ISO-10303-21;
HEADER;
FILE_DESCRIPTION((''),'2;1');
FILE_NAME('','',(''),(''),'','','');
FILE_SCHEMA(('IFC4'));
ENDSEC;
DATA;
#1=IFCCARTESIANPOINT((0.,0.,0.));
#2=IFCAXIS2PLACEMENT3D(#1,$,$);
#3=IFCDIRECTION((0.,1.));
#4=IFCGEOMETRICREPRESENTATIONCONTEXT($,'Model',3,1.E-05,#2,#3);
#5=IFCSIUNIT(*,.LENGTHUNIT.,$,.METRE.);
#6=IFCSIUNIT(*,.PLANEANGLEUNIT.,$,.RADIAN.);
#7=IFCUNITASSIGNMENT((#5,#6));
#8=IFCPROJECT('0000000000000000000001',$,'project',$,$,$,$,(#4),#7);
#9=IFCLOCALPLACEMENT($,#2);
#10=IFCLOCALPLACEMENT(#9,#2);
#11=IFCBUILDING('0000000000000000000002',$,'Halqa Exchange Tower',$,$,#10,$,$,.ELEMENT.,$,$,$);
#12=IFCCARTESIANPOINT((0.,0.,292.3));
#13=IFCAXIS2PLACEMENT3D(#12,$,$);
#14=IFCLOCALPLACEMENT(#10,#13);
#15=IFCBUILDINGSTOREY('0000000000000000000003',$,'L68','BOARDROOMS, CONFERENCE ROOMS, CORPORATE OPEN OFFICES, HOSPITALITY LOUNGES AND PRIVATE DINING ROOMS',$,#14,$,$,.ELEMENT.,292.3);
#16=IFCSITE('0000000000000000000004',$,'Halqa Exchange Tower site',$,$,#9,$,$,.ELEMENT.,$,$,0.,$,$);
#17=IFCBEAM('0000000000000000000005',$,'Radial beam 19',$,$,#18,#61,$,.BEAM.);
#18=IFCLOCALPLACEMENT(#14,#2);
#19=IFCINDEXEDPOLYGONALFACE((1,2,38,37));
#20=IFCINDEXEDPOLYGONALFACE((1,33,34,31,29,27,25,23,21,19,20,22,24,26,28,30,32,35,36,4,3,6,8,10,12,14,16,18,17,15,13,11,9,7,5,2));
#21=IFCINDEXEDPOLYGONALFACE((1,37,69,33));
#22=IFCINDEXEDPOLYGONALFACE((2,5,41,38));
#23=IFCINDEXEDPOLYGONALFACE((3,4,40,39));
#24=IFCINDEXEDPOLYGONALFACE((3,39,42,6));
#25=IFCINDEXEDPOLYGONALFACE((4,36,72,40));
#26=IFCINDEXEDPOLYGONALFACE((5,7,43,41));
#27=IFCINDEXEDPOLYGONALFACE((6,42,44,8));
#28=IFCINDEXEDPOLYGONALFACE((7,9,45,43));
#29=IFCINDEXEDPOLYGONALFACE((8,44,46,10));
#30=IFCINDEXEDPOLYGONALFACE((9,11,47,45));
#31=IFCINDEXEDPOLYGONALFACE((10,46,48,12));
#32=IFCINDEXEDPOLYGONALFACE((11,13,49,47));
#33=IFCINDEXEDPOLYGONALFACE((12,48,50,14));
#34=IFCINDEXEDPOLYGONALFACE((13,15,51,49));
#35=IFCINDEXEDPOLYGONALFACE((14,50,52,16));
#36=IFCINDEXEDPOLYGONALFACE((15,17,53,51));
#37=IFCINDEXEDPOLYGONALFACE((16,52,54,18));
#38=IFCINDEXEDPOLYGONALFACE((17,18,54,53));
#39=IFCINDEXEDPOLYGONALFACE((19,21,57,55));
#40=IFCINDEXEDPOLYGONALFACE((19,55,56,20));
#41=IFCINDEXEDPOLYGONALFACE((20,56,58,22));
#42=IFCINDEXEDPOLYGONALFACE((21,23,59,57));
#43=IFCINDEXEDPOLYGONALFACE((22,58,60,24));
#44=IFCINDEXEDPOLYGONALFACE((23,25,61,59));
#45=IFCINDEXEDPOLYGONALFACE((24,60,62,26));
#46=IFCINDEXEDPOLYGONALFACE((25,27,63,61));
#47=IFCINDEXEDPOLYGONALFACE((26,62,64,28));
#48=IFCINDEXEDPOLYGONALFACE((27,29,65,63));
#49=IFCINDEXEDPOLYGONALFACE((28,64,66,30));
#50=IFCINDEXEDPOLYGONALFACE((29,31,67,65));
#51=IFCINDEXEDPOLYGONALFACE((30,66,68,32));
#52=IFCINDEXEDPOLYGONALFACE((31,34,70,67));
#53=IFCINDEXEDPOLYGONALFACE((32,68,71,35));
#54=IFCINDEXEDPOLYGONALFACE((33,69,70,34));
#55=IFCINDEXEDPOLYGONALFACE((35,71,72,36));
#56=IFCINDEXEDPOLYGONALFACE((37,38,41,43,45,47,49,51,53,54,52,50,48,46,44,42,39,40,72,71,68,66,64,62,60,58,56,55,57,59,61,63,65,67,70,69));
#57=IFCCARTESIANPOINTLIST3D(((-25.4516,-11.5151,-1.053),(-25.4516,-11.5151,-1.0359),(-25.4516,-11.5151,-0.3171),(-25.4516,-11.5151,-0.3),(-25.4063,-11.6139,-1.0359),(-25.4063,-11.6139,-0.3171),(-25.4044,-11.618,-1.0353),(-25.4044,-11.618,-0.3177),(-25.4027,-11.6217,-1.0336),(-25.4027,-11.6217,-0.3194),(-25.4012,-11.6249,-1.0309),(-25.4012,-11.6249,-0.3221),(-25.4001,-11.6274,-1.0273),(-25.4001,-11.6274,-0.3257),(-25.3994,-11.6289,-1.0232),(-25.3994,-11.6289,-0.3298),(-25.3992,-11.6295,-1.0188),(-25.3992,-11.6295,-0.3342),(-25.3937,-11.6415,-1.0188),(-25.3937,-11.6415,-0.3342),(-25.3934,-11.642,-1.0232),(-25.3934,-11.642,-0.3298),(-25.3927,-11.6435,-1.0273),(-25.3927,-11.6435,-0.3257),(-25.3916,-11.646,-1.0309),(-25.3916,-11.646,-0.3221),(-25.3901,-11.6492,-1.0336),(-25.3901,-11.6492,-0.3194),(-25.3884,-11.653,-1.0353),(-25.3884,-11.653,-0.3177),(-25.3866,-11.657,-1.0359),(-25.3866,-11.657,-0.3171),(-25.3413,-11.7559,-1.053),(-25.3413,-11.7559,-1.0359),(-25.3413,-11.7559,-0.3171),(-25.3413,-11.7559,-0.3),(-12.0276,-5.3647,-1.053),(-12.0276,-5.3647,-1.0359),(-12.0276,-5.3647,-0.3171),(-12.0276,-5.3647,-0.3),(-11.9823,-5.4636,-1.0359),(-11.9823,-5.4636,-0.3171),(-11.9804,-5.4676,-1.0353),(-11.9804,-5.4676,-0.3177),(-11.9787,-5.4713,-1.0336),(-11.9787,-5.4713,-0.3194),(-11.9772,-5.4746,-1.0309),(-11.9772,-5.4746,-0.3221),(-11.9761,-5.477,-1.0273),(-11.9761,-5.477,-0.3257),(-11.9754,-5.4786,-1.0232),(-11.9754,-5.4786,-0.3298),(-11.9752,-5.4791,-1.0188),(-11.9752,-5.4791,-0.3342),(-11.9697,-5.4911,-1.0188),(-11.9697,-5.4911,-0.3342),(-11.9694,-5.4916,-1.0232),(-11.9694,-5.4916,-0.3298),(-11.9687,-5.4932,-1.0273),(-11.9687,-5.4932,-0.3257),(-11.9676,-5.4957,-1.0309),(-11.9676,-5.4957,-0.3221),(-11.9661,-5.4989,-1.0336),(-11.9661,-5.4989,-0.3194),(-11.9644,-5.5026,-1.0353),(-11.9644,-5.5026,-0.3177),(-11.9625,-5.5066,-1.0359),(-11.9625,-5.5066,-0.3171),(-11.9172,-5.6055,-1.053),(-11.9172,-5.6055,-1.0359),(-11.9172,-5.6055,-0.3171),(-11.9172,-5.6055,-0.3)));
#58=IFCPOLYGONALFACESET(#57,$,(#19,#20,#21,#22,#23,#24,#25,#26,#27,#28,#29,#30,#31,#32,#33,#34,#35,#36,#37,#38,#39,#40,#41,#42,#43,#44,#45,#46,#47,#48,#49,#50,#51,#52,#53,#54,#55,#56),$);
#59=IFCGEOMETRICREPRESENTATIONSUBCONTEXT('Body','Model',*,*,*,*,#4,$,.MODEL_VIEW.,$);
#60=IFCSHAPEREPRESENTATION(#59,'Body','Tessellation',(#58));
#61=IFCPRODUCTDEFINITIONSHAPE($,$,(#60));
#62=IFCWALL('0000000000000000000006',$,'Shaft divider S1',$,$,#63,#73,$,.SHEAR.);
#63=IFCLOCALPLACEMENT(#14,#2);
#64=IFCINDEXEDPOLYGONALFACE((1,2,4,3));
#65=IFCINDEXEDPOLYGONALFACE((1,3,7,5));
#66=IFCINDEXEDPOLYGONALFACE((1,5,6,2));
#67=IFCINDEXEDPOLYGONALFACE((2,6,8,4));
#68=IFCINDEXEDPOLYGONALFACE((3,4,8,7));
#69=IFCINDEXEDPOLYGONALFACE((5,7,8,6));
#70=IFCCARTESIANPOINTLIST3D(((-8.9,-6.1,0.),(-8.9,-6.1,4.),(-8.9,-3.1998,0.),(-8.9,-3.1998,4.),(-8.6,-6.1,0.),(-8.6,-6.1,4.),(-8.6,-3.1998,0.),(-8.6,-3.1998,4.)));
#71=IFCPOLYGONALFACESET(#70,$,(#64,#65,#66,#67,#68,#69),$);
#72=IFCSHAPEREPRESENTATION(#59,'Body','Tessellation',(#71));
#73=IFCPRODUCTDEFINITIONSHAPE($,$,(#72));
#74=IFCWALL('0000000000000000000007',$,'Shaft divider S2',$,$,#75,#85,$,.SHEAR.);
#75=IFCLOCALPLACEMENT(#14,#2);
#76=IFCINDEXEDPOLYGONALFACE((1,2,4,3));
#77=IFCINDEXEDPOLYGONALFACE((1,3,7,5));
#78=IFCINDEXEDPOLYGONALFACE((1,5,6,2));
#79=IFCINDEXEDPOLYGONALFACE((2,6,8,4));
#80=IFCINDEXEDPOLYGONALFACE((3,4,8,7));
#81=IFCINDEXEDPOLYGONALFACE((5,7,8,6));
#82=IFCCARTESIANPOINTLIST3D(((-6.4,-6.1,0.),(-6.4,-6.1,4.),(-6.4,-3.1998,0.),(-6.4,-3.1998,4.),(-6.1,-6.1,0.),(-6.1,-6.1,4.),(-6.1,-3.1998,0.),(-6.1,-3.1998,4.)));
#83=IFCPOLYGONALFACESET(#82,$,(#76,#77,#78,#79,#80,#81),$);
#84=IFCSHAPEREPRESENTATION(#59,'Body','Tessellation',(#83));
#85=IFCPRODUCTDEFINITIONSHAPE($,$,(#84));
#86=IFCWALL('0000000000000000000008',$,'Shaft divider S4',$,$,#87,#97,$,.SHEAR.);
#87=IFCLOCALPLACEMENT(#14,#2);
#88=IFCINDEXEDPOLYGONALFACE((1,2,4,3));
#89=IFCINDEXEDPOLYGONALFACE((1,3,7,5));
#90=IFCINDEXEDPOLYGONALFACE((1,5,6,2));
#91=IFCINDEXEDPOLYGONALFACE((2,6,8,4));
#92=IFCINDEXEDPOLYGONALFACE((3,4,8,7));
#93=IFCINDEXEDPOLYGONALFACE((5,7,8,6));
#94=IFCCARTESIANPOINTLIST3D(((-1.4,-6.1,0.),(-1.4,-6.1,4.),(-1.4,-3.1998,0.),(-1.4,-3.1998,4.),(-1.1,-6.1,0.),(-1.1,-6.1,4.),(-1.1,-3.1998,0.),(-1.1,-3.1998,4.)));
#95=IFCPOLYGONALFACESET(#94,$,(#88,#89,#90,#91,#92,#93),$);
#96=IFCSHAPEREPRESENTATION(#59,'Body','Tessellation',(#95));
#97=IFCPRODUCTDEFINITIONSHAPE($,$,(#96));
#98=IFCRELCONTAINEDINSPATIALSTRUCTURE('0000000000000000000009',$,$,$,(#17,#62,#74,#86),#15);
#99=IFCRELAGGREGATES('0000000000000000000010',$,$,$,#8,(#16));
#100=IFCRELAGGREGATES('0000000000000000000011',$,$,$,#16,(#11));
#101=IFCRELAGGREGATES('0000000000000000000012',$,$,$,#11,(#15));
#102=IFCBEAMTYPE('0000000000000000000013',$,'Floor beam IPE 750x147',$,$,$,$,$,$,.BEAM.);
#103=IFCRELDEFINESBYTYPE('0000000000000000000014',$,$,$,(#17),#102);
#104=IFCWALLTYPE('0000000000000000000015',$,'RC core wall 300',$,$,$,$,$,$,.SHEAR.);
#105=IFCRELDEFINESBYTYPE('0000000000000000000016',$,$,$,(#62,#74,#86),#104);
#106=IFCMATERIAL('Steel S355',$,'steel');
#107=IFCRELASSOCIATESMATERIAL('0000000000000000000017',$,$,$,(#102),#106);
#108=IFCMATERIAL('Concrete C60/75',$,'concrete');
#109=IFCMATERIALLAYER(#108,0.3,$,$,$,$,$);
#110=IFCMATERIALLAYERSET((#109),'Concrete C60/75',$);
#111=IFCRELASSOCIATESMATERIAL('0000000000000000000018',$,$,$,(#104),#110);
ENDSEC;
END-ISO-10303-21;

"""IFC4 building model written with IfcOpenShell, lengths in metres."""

from ifc_helpers import new_model, si_unit, direction, frame, frame_2d, origin, origin_2d, place, context, subcontext, project, spatial, rectangle, i_section, extrude, material, layer, layer_set, material_profile, profile_set, type_object, element, save


model = new_model("IFC4")

# Units and contexts
model_context = context("Model", 3, precision=1e-05, world=origin(), true_north=direction((0.0, 1.0)))
body_context = subcontext(model_context, "Body", "Model", "MODEL_VIEW")
ifc_project = project(units=[si_unit("LENGTHUNIT", "METRE"), si_unit("PLANEANGLEUNIT", "RADIAN")], contexts=[model_context])

# Site, building, storey
site_placement = place(None, origin())
site = spatial("IfcSite", under=ifc_project, at=site_placement, Name="Halqa Exchange Tower site", CompositionType="ELEMENT", RefElevation=0.0)
building_placement = place(site_placement, origin())
building = spatial("IfcBuilding", under=site, at=building_placement, Name="Halqa Exchange Tower", CompositionType="ELEMENT")
storey_placement = place(building_placement, frame((0.0, 0.0, 292.3)))
storey = spatial("IfcBuildingStorey", under=building, at=storey_placement, Name="L68", Description="BOARDROOMS, CONFERENCE ROOMS, CORPORATE OPEN OFFICES, HOSPITALITY LOUNGES AND PRIVATE DINING ROOMS", CompositionType="ELEMENT", Elevation=292.3)

# Beam
ifc_material_1 = material(Name="Steel S355", Category="steel")
ifc_material_profile = material_profile(ifc_material_1, i_section(OverallWidth=0.2649, OverallDepth=0.7529, WebThickness=0.0132, FlangeThickness=0.0171, FilletRadius=0.0171, at=origin_2d()), Name="IPE 750x147")
ifc_profile_set = profile_set([ifc_material_profile], Name="Steel S355")
beam_type = type_object("IfcBeamType", Name="Floor beam IPE 750x147", PredefinedType="BEAM", material=ifc_profile_set)
beam_placement = place(storey_placement, frame((-11.9724, -5.4851, -0.6765), z_axis=(-0.909124, -0.416525, 0.0), x_axis=(0.416525, -0.909124, 0.0)))
element("IfcBeam", 1, at=beam_placement, inside=storey, type_object=beam_type, Name="Radial beam 19", PredefinedType="BEAM", context=body_context, shape_type="SweptSolid", body=[
    extrude(i_section(OverallWidth=0.2649, OverallDepth=0.7529, WebThickness=0.0132, FlangeThickness=0.0171, FilletRadius=0.0171, at=origin_2d()), origin(), (0.0, 0.0, 1.0), 14.7659),
])

# Walls
ifc_material_2 = material(Name="Concrete C60/75", Category="concrete")
ifc_layer_1 = layer(ifc_material_2, 0.3)
ifc_layer_set_1 = layer_set([ifc_layer_1], Name="Concrete C60/75")
wall_type_1 = type_object("IfcWallType", Name="RC core wall 300", PredefinedType="SHEAR", material=ifc_layer_set_1)
for number, where, z_axis, x_axis, name in (
    (2, (-8.75, -6.1001, 0.0), (0.0, 0.0, 1.0), (0.0, 1.0, 0.0), "Shaft divider S1"),
    (3, (-6.25, -6.1001, 0.0), (0.0, 0.0, 1.0), (0.0, 1.0, 0.0), "Shaft divider S2"),
    (4, (-1.25, -6.1001, 0.0), (0.0, 0.0, 1.0), (0.0, 1.0, 0.0), "Shaft divider S4"),
):
    element("IfcWall", number, at=place(storey_placement, frame(where, z_axis=z_axis, x_axis=x_axis)), inside=storey, type_object=wall_type_1, Name=name, PredefinedType="SHEAR", context=body_context, shape_type="SweptSolid", body=[
        extrude(rectangle(XDim=2.9001, YDim=0.3, at=frame_2d((1.4502, 0.0))), origin(), (0.0, 0.0, 1.0), 4.0),
    ])

save(model, "model.ifc")
